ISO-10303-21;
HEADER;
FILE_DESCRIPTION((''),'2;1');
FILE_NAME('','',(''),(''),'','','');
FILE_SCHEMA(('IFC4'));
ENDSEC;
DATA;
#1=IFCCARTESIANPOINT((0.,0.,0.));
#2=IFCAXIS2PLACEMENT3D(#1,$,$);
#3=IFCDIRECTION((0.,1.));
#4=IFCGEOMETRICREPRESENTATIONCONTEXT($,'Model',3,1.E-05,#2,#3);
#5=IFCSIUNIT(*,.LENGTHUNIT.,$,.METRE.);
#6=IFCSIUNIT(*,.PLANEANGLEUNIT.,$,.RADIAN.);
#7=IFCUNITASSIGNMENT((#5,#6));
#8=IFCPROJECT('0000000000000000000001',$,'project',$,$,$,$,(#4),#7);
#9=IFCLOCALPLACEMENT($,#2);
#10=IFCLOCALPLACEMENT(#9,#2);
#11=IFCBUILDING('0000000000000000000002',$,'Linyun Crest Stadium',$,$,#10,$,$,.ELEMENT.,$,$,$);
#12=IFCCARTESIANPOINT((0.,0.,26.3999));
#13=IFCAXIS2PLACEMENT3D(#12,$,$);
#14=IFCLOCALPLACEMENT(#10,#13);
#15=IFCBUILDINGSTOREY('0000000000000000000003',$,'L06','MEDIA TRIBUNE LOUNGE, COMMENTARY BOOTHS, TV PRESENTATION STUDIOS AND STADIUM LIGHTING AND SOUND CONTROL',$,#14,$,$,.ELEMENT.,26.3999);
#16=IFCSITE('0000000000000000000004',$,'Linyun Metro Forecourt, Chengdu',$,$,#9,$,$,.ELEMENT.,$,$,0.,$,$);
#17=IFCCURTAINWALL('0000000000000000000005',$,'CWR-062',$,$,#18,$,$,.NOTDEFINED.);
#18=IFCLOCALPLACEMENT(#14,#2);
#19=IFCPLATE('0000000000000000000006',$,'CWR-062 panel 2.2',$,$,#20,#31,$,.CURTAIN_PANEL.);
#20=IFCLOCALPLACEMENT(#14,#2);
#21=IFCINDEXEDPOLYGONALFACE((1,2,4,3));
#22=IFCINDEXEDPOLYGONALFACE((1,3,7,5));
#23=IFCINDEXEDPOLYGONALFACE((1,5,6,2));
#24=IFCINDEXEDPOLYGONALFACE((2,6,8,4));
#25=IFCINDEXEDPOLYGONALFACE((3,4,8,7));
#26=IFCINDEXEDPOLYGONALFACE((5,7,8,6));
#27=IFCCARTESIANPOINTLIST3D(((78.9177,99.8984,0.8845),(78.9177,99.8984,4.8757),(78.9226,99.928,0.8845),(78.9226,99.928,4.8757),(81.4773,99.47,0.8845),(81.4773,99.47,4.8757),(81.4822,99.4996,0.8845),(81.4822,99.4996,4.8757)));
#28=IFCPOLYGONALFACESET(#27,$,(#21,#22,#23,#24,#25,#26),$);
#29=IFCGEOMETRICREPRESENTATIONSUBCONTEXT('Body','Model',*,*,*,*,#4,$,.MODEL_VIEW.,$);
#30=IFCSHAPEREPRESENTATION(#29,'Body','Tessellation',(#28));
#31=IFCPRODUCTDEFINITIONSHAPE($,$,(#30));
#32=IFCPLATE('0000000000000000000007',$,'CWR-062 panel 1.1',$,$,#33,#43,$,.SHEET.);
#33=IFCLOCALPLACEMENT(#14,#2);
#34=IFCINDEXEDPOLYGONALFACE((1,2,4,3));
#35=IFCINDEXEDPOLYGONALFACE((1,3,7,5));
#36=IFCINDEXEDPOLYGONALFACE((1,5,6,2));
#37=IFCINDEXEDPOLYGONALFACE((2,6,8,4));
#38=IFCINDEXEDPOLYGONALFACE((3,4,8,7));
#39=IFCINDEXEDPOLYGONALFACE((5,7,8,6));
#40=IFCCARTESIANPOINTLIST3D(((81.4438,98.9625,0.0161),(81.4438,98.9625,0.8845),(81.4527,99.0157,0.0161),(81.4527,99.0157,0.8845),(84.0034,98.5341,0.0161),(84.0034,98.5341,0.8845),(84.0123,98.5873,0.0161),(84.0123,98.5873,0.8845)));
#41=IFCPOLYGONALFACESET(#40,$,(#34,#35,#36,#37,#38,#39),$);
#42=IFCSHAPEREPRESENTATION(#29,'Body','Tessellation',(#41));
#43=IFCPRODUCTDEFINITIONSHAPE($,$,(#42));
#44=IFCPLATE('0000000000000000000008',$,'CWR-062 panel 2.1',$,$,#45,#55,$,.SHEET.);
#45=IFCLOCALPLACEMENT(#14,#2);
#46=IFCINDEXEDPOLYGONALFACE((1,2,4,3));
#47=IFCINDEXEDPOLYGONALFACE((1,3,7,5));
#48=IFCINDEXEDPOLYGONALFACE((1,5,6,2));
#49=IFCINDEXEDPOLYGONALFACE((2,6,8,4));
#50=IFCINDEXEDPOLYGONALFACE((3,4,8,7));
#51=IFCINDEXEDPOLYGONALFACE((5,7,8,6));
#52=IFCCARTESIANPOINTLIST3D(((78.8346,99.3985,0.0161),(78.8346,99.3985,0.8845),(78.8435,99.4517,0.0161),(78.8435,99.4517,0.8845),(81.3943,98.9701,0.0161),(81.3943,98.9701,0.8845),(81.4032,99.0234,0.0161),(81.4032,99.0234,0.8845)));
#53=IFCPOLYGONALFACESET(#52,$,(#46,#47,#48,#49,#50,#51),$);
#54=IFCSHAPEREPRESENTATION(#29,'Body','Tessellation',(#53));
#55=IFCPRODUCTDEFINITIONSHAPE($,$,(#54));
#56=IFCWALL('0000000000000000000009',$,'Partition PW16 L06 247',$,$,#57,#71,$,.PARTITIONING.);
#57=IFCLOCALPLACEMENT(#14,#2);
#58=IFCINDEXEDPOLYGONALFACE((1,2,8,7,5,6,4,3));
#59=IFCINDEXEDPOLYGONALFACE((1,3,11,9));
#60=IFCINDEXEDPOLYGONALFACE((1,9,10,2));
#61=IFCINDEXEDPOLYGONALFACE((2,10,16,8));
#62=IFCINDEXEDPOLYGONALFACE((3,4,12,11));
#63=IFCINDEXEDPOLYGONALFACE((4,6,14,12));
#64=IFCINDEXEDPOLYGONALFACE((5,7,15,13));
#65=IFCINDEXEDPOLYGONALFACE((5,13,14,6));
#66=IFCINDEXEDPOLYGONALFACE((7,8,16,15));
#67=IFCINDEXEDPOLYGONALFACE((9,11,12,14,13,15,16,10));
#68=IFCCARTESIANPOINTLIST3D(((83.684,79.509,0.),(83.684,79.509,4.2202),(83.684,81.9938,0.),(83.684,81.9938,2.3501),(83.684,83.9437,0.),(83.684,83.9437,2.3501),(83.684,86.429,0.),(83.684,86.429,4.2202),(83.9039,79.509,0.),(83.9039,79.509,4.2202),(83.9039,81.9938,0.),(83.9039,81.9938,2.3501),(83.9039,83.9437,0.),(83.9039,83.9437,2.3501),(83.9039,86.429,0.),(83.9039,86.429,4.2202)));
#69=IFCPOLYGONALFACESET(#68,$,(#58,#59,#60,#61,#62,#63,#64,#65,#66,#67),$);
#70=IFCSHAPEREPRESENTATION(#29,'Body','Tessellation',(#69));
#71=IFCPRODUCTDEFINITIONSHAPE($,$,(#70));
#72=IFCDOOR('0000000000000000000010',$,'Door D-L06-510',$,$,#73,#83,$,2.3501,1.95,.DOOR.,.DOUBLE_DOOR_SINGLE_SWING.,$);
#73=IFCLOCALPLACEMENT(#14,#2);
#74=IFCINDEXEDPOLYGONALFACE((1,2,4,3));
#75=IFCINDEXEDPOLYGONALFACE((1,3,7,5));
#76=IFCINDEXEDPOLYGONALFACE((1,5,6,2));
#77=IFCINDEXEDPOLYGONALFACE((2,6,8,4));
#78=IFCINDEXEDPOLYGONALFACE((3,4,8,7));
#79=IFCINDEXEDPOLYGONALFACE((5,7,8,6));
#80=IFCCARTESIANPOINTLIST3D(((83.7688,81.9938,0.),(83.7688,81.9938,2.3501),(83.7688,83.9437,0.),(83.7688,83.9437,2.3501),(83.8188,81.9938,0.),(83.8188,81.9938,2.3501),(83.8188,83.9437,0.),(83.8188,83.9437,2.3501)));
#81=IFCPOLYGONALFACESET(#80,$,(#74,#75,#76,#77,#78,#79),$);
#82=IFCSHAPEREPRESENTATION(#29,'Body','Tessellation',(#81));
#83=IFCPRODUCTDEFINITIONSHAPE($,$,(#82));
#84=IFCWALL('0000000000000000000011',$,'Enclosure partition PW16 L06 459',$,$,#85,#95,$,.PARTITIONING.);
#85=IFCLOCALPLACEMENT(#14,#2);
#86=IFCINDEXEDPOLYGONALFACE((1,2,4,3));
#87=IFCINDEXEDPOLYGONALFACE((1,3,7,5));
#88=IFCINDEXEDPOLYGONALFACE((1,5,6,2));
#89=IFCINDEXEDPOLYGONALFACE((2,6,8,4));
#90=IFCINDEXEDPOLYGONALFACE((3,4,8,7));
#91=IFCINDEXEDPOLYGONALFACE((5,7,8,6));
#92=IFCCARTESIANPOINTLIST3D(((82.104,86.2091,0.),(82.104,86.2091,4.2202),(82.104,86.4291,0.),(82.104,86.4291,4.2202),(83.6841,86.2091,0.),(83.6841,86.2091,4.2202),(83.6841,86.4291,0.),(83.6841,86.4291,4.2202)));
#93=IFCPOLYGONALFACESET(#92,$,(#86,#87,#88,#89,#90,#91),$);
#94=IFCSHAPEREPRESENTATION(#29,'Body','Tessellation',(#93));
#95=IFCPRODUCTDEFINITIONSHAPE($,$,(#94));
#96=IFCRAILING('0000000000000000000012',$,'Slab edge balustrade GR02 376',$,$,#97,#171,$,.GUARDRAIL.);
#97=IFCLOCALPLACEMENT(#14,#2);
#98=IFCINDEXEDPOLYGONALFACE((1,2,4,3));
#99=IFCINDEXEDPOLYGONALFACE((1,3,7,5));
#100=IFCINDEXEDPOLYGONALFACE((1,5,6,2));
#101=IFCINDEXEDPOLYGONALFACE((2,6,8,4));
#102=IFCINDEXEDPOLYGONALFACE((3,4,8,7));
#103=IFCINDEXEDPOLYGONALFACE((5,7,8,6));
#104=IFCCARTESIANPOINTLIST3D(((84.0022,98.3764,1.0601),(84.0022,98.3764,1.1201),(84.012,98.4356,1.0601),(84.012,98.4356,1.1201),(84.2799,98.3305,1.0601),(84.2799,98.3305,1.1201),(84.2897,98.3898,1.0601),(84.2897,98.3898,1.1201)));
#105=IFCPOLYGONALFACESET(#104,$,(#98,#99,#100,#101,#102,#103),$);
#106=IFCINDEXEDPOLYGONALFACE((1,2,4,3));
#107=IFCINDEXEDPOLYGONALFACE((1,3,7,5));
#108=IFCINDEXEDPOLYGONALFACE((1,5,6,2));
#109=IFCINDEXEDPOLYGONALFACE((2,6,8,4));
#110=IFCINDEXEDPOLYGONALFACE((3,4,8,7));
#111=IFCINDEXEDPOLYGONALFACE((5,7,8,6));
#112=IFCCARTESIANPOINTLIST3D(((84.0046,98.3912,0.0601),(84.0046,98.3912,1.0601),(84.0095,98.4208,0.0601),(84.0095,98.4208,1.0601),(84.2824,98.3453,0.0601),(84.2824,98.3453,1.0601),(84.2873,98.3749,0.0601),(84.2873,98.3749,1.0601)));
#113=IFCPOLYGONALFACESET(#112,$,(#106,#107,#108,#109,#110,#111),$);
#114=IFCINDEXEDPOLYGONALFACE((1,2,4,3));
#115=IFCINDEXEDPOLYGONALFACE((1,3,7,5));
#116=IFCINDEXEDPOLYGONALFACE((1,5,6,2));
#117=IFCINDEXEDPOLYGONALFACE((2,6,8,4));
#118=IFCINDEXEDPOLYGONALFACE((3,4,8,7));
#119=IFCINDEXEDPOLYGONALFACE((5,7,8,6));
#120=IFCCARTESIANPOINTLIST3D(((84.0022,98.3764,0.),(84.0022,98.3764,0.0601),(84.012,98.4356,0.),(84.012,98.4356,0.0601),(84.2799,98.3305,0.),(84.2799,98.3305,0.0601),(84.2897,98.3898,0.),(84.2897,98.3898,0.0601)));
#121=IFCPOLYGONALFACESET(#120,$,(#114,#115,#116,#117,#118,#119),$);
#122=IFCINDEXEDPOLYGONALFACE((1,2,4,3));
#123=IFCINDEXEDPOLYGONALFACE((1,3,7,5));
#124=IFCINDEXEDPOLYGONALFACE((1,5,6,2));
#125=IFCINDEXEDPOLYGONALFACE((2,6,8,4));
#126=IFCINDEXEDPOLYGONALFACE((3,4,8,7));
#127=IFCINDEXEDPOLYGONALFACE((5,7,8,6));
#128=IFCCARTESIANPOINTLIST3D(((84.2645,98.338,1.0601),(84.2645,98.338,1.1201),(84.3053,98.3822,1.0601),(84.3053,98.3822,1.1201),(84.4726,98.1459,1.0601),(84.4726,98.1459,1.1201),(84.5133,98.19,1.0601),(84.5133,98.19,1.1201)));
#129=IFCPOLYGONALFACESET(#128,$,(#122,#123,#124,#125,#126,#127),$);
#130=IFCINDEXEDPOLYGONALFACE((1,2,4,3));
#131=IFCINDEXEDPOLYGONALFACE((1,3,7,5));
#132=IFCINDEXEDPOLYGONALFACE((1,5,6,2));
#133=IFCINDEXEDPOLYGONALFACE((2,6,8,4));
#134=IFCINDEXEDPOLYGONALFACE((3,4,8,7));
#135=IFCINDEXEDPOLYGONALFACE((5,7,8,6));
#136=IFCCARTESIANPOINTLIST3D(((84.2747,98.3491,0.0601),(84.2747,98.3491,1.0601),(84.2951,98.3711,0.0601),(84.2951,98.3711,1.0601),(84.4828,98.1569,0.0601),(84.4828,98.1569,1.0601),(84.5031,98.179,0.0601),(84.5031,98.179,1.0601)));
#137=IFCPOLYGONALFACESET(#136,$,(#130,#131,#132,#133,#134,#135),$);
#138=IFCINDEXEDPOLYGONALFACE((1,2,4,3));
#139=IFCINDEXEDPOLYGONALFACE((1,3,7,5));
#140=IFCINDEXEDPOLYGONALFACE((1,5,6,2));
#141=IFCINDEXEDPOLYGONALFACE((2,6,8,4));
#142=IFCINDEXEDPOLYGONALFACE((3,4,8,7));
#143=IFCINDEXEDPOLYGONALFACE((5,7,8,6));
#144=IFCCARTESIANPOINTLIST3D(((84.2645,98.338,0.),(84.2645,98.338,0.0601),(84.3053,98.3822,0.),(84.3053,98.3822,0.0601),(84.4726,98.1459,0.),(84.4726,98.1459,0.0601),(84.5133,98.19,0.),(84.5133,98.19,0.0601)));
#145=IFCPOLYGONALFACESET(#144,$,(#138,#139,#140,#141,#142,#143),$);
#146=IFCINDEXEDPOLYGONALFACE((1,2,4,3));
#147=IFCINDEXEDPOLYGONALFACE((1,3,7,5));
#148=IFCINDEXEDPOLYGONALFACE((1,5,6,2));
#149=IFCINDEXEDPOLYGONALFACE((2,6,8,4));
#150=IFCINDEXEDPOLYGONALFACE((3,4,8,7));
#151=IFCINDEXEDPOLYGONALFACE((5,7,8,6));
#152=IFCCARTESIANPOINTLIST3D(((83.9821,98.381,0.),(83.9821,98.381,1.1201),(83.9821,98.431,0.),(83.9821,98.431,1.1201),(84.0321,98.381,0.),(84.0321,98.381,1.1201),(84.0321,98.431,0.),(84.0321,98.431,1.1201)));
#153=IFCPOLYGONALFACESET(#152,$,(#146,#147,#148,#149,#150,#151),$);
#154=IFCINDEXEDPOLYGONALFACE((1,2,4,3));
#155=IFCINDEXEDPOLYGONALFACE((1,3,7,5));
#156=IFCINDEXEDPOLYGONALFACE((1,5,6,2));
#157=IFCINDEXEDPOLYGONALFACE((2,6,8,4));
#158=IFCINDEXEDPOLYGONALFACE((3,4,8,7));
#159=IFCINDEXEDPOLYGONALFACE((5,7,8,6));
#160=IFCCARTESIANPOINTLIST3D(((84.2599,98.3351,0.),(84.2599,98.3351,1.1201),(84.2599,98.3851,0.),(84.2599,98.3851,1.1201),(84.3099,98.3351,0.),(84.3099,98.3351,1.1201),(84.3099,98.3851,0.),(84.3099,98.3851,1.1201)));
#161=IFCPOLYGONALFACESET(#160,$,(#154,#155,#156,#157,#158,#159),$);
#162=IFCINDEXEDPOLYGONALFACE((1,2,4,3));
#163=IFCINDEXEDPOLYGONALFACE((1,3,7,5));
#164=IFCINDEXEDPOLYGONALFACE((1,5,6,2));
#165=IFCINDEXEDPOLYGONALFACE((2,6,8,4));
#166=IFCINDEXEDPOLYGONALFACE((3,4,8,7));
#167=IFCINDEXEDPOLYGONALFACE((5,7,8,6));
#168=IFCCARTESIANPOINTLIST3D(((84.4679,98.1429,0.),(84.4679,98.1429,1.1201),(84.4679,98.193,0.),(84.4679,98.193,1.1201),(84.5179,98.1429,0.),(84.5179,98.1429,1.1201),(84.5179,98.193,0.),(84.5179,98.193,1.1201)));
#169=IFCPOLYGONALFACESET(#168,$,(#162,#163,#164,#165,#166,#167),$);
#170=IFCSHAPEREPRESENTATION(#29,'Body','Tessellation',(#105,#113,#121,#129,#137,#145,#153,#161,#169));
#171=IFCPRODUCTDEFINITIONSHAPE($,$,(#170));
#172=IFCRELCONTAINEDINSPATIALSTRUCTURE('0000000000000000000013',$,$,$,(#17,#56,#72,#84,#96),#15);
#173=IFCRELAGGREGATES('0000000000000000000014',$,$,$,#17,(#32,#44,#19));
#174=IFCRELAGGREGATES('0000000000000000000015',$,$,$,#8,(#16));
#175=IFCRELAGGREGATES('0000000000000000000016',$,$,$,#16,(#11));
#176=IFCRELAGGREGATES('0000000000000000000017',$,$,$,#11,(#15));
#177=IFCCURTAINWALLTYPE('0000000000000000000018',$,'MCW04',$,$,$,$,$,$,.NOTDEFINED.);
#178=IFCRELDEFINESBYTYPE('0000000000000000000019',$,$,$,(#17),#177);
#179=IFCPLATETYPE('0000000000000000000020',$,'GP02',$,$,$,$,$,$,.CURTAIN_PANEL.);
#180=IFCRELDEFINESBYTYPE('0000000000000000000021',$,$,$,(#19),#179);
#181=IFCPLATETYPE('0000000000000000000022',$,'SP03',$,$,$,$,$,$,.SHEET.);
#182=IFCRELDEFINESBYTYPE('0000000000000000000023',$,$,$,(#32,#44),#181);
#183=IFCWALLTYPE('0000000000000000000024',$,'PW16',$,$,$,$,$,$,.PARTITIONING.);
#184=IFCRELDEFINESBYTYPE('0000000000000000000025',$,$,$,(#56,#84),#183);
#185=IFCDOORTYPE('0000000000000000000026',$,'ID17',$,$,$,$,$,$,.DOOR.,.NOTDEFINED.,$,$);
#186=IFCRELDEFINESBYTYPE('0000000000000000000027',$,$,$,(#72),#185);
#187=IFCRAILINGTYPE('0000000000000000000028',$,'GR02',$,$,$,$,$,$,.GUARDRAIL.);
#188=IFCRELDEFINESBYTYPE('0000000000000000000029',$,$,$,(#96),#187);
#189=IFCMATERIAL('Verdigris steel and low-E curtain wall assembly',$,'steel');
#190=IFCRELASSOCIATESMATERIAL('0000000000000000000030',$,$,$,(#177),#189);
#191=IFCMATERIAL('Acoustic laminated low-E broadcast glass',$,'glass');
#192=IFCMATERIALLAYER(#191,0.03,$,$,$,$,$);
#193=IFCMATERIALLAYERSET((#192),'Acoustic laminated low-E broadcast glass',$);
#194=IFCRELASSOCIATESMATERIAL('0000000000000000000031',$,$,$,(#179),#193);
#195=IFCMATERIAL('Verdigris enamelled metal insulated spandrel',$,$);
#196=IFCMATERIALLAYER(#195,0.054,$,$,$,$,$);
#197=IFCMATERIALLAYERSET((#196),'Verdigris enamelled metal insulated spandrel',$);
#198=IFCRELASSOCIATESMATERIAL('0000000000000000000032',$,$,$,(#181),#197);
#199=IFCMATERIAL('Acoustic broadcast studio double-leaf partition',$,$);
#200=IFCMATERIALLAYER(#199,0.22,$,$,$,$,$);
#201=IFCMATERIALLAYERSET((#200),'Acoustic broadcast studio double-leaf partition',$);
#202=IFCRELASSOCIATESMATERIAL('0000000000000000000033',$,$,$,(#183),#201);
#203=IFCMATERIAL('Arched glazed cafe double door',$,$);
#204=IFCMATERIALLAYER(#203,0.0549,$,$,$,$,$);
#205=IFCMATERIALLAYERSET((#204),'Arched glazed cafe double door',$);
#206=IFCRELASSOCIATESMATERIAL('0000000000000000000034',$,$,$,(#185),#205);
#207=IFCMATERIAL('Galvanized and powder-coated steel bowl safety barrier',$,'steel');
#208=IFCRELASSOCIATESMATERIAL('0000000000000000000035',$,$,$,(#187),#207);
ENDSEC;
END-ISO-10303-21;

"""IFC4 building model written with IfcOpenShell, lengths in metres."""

from ifc_helpers import new_model, si_unit, direction, frame, frame_2d, origin, origin_2d, place, context, subcontext, project, spatial, rectangle, extrude, material, layer, layer_set, type_object, element, fill, aggregate, save


model = new_model("IFC4")

# Units and contexts
model_context = context("Model", 3, precision=1e-05, world=origin(), true_north=direction((0.0, 1.0)))
body_context = subcontext(model_context, "Body", "Model", "MODEL_VIEW")
ifc_project = project(units=[si_unit("LENGTHUNIT", "METRE"), si_unit("PLANEANGLEUNIT", "RADIAN")], contexts=[model_context])

# Site, building, storey
site_placement = place(None, origin())
site = spatial("IfcSite", under=ifc_project, at=site_placement, Name="Linyun Metro Forecourt, Chengdu", CompositionType="ELEMENT", RefElevation=0.0)
building_placement = place(site_placement, origin())
building = spatial("IfcBuilding", under=site, at=building_placement, Name="Linyun Crest Stadium", CompositionType="ELEMENT")
storey_placement = place(building_placement, frame((0.0, 0.0, 26.3999)))
storey = spatial("IfcBuildingStorey", under=building, at=storey_placement, Name="L06", Description="MEDIA TRIBUNE LOUNGE, COMMENTARY BOOTHS, TV PRESENTATION STUDIOS AND STADIUM LIGHTING AND SOUND CONTROL", CompositionType="ELEMENT", Elevation=26.3999)

# Shared definitions
ifc_material_1 = material(Name="Verdigris steel and low-E curtain wall assembly", Category="steel")
curtain_wall_type = type_object("IfcCurtainWallType", Name="MCW04", PredefinedType="NOTDEFINED", material=ifc_material_1)

# Curtain wall
curtain_wall_1_placement = place(storey_placement, origin())
curtain_wall_1 = element("IfcCurtainWall", 1, at=curtain_wall_1_placement, inside=storey, type_object=curtain_wall_type, Name="CWR-062", PredefinedType="NOTDEFINED")

# Plates
ifc_material_2 = material(Name="Acoustic laminated low-E broadcast glass", Category="glass")
ifc_layer_1 = layer(ifc_material_2, 0.03)
ifc_layer_set_1 = layer_set([ifc_layer_1], Name="Acoustic laminated low-E broadcast glass")
plate_type_1 = type_object("IfcPlateType", Name="GP02", PredefinedType="CURTAIN_PANEL", material=ifc_layer_set_1)
plate_1_placement = place(storey_placement, frame((80.2, 99.699, 0.8845), z_axis=(0.0, 0.0, 1.0), x_axis=(-0.986283, 0.165065, 0.0)))
plate_1 = element("IfcPlate", 2, at=plate_1_placement, type_object=plate_type_1, Name="CWR-062 panel 2.2", PredefinedType="CURTAIN_PANEL", context=body_context, shape_type="SweptSolid", body=[
    extrude(rectangle(XDim=2.5952, YDim=0.03, at=origin_2d()), origin(), (0.0, 0.0, 1.0), 3.9912),
])
ifc_material_3 = material(Name="Verdigris enamelled metal insulated spandrel")
ifc_layer_2 = layer(ifc_material_3, 0.054)
ifc_layer_set_2 = layer_set([ifc_layer_2], Name="Verdigris enamelled metal insulated spandrel")
plate_type_2 = type_object("IfcPlateType", Name="SP03", PredefinedType="SHEET", material=ifc_layer_set_2)
plate_2_placement = place(storey_placement, frame((82.728, 98.7749, 0.0161), z_axis=(0.0, 0.0, 1.0), x_axis=(-0.986283, 0.165065, 0.0)))
plate_2 = element("IfcPlate", 3, at=plate_2_placement, type_object=plate_type_2, Name="CWR-062 panel 1.1", PredefinedType="SHEET", context=body_context, shape_type="SweptSolid", body=[
    extrude(rectangle(XDim=2.5952, YDim=0.054, at=origin_2d()), origin(), (0.0, 0.0, 1.0), 0.8684),
])
plate_3_placement = place(storey_placement, frame((80.1189, 99.2109, 0.0161), z_axis=(0.0, 0.0, 1.0), x_axis=(-0.986283, 0.165065, 0.0)))
plate_3 = element("IfcPlate", 4, at=plate_3_placement, type_object=plate_type_2, Name="CWR-062 panel 2.1", PredefinedType="SHEET", context=body_context, shape_type="SweptSolid", body=[
    extrude(rectangle(XDim=2.5952, YDim=0.054, at=origin_2d()), origin(), (0.0, 0.0, 1.0), 0.8684),
])
aggregate(curtain_wall_1, [plate_2, plate_3, plate_1])

# Wall, opening, door
ifc_material_4 = material(Name="Acoustic broadcast studio double-leaf partition")
ifc_layer_3 = layer(ifc_material_4, 0.22)
ifc_layer_set_3 = layer_set([ifc_layer_3], Name="Acoustic broadcast studio double-leaf partition")
wall_type = type_object("IfcWallType", Name="PW16", PredefinedType="PARTITIONING", material=ifc_layer_set_3)
wall_1_placement = place(storey_placement, frame((83.7939, 86.429, 0.0), z_axis=(0.0, 0.0, 1.0), x_axis=(0.0, -1.0, 0.0)))
wall_1 = element("IfcWall", 5, at=wall_1_placement, inside=storey, type_object=wall_type, Name="Partition PW16 L06 247", PredefinedType="PARTITIONING", context=body_context, shape_type="SweptSolid", body=[
    extrude(rectangle(XDim=6.9199, YDim=0.22, at=frame_2d((3.46, 0.0))), origin(), (0.0, 0.0, 1.0), 4.2202),
])
opening_placement = place(wall_1_placement, frame((2.4851, 0.0, 0.0)))
opening = element("IfcOpeningElement", 6, at=opening_placement, cuts=wall_1, PredefinedType="OPENING", context=body_context, shape_type="SweptSolid", body=[
    extrude(rectangle(XDim=1.95, YDim=2.3501, at=frame_2d((0.9751, 1.175))), frame((0.0, 0.1199, 0.0), z_axis=(0.0, -1.0, 0.0), x_axis=(1.0, 0.0, 0.0)), (0.0, 0.0, 1.0), 0.24),
])
ifc_material_5 = material(Name="Arched glazed cafe double door")
ifc_layer_4 = layer(ifc_material_5, 0.0549)
ifc_layer_set_4 = layer_set([ifc_layer_4], Name="Arched glazed cafe double door")
door_type = type_object("IfcDoorType", Name="ID17", OperationType="NOTDEFINED", PredefinedType="DOOR", material=ifc_layer_set_4)
door_placement = place(opening_placement, origin())
door = element("IfcDoor", 7, at=door_placement, inside=storey, type_object=door_type, Name="Door D-L06-510", OperationType="DOUBLE_DOOR_SINGLE_SWING", OverallHeight=2.3501, OverallWidth=1.95, PredefinedType="DOOR", context=body_context, shape_type="SweptSolid", body=[
    extrude(rectangle(XDim=1.95, YDim=2.3501, at=frame_2d((0.9751, 1.175))), frame((0.0, 0.0249, 0.0), z_axis=(0.0, -1.0, 0.0), x_axis=(1.0, 0.0, 0.0)), (0.0, 0.0, 1.0), 0.05),
])
fill(opening, door)

# Wall
wall_2_placement = place(storey_placement, frame((82.104, 86.3191, 0.0), z_axis=(0.0, 0.0, 1.0), x_axis=(1.0, 0.0, 0.0)))
element("IfcWall", 8, at=wall_2_placement, inside=storey, type_object=wall_type, Name="Enclosure partition PW16 L06 459", PredefinedType="PARTITIONING", context=body_context, shape_type="SweptSolid", body=[
    extrude(rectangle(XDim=1.5801, YDim=0.22, at=frame_2d((0.79, 0.0))), origin(), (0.0, 0.0, 1.0), 4.2202),
])

# Railing
ifc_material_6 = material(Name="Galvanized and powder-coated steel bowl safety barrier", Category="steel")
railing_type = type_object("IfcRailingType", Name="GR02", PredefinedType="GUARDRAIL", material=ifc_material_6)
railing_placement = place(storey_placement, frame((84.0071, 98.406, 0.0)))
element("IfcRailing", 9, at=railing_placement, inside=storey, type_object=railing_type, Name="Slab edge balustrade GR02 376", PredefinedType="GUARDRAIL", context=body_context, shape_type="SweptSolid", body=[
    extrude(rectangle(XDim=0.0601, YDim=0.0601, at=origin_2d()), frame((0.0, 0.0, 1.0901), z_axis=(0.986627, -0.162993, 0.0), x_axis=(0.162993, 0.986627, 0.0)), (0.0, 0.0, 1.0), 0.2815),
    extrude(rectangle(XDim=0.03, YDim=1.0, at=origin_2d()), frame((0.0, 0.0, 0.5601), z_axis=(0.986627, -0.162993, 0.0), x_axis=(0.162993, 0.986627, 0.0)), (0.0, 0.0, 1.0), 0.2815),
    extrude(rectangle(XDim=0.0601, YDim=0.0601, at=origin_2d()), frame((0.0, 0.0, 0.03), z_axis=(0.986627, -0.162993, 0.0), x_axis=(0.162993, 0.986627, 0.0)), (0.0, 0.0, 1.0), 0.2815),
    extrude(rectangle(XDim=0.0601, YDim=0.0601, at=origin_2d()), frame((0.2778, -0.0459, 1.0901), z_axis=(0.734572, -0.678531, 0.0), x_axis=(0.678531, 0.734572, 0.0)), (0.0, 0.0, 1.0), 0.2832),
    extrude(rectangle(XDim=0.03, YDim=1.0, at=origin_2d()), frame((0.2778, -0.0459, 0.5601), z_axis=(0.734572, -0.678531, 0.0), x_axis=(0.678531, 0.734572, 0.0)), (0.0, 0.0, 1.0), 0.2832),
    extrude(rectangle(XDim=0.0601, YDim=0.0601, at=origin_2d()), frame((0.2778, -0.0459, 0.03), z_axis=(0.734572, -0.678531, 0.0), x_axis=(0.678531, 0.734572, 0.0)), (0.0, 0.0, 1.0), 0.2832),
    extrude(rectangle(XDim=0.05, YDim=0.05, at=origin_2d()), origin(), (0.0, 0.0, 1.0), 1.1201),
    extrude(rectangle(XDim=0.05, YDim=0.05, at=origin_2d()), frame((0.2778, -0.0459, 0.0)), (0.0, 0.0, 1.0), 1.1201),
    extrude(rectangle(XDim=0.05, YDim=0.05, at=origin_2d()), frame((0.4858, -0.238, 0.0)), (0.0, 0.0, 1.0), 1.1201),
])

save(model, "model.ifc")
